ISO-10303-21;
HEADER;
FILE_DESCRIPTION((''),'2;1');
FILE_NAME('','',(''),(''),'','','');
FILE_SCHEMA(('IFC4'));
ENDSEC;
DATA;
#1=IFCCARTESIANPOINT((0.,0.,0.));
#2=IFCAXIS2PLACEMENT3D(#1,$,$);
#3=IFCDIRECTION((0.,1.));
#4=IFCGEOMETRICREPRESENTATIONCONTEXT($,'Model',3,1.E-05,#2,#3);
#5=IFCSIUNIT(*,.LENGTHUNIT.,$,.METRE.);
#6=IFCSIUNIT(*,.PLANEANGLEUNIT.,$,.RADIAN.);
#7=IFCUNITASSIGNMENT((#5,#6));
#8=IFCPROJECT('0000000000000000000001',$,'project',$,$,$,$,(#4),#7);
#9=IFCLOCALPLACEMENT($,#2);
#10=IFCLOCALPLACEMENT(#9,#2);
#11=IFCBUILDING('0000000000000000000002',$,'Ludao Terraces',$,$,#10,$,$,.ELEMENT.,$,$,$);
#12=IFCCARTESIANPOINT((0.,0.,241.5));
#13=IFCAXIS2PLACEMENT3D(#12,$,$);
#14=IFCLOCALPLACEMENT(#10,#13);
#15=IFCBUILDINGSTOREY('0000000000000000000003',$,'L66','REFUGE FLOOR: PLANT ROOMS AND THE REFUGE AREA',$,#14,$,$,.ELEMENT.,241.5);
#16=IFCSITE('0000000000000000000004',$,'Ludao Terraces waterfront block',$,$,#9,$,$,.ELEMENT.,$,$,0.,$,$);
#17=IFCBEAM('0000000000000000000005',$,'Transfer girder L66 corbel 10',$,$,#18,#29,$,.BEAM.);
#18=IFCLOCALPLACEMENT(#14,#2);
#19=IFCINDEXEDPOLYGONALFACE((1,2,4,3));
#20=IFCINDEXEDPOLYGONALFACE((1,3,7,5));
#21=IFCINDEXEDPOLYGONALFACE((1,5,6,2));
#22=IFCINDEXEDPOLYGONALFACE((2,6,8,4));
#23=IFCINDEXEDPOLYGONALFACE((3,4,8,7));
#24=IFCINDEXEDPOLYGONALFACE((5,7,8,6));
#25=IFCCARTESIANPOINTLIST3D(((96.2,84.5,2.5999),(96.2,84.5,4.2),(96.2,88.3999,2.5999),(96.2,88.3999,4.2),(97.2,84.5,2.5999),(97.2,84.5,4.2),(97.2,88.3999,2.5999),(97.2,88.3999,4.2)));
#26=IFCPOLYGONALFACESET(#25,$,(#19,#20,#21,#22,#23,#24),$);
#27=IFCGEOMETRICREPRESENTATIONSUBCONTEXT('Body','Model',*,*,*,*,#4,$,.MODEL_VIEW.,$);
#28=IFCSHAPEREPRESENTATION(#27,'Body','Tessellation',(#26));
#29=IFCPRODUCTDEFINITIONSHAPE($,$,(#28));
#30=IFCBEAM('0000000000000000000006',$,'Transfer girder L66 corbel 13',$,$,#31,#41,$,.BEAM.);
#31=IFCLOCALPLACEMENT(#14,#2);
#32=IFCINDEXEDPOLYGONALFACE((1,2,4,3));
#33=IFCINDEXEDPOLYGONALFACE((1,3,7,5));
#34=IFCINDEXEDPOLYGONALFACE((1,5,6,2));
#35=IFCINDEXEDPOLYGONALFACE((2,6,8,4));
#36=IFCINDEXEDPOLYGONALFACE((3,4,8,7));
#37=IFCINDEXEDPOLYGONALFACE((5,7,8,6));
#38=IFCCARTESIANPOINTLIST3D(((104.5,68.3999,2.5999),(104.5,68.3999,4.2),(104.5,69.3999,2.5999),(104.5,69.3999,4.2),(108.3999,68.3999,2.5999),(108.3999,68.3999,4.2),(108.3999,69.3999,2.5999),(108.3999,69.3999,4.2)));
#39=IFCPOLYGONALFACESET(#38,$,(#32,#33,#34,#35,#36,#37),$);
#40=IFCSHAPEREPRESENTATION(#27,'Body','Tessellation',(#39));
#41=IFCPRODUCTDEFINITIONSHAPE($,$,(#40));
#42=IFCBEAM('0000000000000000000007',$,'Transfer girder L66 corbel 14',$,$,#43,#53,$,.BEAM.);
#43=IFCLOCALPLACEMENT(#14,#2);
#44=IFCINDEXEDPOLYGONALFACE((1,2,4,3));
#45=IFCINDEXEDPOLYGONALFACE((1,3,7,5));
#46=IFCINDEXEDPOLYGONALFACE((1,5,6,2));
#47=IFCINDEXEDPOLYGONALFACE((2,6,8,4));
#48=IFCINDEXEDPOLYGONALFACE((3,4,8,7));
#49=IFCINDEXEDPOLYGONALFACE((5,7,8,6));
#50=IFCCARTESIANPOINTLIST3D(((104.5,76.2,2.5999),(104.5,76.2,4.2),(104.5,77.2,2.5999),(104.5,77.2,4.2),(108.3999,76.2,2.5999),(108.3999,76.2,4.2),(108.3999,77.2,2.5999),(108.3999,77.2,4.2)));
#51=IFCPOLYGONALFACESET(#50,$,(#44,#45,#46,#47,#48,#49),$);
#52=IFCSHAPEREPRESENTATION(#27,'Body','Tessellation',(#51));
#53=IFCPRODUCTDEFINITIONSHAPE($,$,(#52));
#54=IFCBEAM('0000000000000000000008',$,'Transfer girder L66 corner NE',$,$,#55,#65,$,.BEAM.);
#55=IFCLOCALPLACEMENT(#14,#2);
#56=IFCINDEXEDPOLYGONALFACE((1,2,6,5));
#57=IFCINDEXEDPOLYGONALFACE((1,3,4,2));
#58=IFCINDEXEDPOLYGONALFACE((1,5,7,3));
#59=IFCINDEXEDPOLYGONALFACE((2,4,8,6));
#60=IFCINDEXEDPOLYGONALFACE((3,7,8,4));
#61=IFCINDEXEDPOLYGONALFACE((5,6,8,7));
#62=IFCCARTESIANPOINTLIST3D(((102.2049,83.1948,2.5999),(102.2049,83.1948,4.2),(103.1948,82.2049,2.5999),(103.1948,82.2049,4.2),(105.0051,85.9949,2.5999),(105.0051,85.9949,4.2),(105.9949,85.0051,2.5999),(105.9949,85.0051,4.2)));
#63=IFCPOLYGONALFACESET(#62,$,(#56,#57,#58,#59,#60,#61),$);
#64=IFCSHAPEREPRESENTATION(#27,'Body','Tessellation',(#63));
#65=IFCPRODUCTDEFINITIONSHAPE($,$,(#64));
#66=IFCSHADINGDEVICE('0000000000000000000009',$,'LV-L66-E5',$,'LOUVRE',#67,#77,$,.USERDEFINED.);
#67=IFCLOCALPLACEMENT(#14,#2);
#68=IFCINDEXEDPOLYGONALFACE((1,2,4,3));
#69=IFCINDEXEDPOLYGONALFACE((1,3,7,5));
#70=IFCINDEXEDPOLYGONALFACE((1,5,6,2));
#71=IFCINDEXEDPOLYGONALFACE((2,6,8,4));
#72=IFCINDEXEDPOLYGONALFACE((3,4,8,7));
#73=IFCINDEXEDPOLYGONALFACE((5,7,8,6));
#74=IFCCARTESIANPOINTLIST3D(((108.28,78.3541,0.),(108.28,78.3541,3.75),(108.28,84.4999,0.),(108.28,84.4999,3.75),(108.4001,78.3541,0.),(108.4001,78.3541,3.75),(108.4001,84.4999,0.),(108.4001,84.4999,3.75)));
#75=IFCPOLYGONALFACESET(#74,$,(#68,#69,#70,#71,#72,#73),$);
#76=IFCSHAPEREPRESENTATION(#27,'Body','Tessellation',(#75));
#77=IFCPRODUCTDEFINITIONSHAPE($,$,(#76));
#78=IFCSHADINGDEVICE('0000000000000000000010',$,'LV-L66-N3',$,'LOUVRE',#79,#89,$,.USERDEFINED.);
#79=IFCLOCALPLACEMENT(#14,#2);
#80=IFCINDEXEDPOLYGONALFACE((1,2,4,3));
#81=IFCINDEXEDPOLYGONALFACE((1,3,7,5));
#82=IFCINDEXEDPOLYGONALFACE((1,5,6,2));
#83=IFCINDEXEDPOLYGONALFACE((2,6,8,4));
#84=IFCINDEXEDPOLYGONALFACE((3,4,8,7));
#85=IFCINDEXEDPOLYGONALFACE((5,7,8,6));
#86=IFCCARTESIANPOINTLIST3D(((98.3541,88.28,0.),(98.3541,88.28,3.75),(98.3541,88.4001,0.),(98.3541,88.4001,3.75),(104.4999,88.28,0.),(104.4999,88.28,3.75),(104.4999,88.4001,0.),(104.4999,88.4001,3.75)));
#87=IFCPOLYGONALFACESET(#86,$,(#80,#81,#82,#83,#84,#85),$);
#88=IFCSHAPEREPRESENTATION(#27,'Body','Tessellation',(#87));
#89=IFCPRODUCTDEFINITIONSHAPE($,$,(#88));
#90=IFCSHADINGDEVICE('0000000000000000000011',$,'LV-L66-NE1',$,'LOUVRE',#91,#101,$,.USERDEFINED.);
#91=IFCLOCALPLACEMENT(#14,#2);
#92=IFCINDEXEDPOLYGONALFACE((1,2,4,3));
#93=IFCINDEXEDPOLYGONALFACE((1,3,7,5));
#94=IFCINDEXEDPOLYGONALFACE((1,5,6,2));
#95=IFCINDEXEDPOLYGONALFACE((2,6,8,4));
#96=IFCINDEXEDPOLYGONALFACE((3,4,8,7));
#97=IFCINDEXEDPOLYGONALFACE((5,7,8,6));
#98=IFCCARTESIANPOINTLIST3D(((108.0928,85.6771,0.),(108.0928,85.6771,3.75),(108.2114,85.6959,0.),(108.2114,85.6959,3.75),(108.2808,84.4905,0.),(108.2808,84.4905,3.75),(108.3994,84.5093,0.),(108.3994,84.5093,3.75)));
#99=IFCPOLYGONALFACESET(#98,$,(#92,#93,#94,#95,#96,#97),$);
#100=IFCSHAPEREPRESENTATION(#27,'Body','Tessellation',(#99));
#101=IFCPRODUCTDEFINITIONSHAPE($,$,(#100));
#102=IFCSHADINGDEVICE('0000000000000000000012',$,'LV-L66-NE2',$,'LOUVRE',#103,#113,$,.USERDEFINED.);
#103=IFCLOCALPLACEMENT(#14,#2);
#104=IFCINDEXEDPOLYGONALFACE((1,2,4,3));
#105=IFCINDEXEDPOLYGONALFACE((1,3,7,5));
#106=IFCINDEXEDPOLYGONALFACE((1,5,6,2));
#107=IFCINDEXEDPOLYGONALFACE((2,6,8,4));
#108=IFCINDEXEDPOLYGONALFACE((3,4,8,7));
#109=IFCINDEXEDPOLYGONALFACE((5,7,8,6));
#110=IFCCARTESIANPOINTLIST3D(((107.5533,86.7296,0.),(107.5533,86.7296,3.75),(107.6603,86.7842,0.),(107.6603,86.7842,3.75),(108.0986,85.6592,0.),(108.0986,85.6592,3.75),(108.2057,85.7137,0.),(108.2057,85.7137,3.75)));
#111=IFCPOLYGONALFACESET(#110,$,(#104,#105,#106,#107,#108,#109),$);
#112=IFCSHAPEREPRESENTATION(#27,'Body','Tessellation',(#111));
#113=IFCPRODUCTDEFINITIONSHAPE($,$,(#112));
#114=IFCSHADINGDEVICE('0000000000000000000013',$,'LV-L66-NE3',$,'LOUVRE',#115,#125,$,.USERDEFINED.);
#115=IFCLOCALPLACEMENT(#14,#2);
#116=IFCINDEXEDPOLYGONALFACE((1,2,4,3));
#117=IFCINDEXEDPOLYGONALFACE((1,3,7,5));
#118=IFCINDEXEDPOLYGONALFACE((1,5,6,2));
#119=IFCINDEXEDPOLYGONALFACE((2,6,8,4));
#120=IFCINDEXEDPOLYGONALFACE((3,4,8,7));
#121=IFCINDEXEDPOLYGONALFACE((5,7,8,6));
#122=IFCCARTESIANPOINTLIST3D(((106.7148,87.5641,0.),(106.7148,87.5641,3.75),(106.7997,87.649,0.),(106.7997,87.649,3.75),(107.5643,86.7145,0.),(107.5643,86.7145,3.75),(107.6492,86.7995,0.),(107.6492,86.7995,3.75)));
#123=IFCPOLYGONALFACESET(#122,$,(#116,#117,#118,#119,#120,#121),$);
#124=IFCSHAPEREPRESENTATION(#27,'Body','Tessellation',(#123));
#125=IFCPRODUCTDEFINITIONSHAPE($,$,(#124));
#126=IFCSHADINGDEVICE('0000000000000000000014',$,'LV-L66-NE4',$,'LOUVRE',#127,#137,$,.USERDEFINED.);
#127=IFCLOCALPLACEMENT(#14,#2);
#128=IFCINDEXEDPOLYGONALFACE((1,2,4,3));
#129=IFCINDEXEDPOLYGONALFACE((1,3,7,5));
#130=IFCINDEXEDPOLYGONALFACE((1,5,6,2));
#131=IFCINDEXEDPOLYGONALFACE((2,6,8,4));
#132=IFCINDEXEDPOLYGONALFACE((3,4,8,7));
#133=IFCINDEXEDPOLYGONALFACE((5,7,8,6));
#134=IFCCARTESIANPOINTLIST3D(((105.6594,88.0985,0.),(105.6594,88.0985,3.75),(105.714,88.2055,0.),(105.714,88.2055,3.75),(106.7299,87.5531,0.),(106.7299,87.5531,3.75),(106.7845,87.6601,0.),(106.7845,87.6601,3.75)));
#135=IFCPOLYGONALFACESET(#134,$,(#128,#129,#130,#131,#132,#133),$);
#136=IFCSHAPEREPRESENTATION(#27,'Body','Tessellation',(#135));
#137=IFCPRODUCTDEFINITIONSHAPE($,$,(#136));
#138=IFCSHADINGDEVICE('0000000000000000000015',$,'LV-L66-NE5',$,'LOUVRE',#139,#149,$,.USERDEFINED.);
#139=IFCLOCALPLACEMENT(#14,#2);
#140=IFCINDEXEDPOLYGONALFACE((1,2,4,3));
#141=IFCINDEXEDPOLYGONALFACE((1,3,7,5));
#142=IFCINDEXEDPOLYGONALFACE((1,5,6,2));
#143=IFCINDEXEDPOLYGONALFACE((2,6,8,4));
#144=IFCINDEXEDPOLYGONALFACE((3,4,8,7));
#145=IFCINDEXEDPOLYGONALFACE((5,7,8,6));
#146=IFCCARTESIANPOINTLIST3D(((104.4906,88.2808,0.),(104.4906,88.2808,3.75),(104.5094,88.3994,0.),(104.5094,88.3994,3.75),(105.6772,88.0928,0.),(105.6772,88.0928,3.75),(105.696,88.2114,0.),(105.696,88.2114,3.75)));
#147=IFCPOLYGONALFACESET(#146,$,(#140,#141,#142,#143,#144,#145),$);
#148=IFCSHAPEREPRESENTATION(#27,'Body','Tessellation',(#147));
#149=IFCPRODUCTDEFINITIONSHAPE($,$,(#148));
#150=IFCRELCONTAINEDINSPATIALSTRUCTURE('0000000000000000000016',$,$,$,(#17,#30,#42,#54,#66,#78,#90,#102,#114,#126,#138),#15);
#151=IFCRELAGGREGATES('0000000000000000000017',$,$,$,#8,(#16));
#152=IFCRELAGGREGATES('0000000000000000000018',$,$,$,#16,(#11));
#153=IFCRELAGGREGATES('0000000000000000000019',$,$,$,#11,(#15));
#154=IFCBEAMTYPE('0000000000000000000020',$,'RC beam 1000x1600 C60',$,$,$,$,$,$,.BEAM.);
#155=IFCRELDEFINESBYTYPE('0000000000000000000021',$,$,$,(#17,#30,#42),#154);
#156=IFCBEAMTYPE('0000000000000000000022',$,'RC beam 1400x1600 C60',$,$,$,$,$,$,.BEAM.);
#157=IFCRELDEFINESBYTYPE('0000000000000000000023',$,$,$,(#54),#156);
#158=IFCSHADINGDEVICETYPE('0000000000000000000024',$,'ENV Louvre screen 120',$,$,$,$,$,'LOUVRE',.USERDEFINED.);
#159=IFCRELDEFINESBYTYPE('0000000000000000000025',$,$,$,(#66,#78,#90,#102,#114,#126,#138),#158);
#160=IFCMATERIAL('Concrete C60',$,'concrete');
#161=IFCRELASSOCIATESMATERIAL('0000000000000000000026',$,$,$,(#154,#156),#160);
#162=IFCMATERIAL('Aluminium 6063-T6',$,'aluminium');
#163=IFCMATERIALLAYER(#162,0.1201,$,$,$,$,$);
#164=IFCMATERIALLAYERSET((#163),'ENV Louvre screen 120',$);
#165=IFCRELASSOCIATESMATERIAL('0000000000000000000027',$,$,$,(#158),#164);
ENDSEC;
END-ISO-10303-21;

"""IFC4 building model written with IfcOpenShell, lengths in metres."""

from ifc_helpers import new_model, si_unit, direction, frame, frame_2d, origin, origin_2d, place, context, subcontext, project, spatial, rectangle, extrude, material, layer, layer_set, material_profile, profile_set, type_object, element, save


model = new_model("IFC4")

# Units and contexts
model_context = context("Model", 3, precision=1e-05, world=origin(), true_north=direction((0.0, 1.0)))
body_context = subcontext(model_context, "Body", "Model", "MODEL_VIEW")
ifc_project = project(units=[si_unit("LENGTHUNIT", "METRE"), si_unit("PLANEANGLEUNIT", "RADIAN")], contexts=[model_context])

# Site, building, storey
site_placement = place(None, origin())
site = spatial("IfcSite", under=ifc_project, at=site_placement, Name="Ludao Terraces waterfront block", CompositionType="ELEMENT", RefElevation=0.0)
building_placement = place(site_placement, origin())
building = spatial("IfcBuilding", under=site, at=building_placement, Name="Ludao Terraces", CompositionType="ELEMENT")
storey_placement = place(building_placement, frame((0.0, 0.0, 241.5)))
storey = spatial("IfcBuildingStorey", under=building, at=storey_placement, Name="L66", Description="REFUGE FLOOR: PLANT ROOMS AND THE REFUGE AREA", CompositionType="ELEMENT", Elevation=241.5)

# Beams
ifc_material_1 = material(Name="Concrete C60", Category="concrete")
ifc_material_profile_1 = material_profile(ifc_material_1, rectangle(XDim=1.0, YDim=1.6001, at=origin_2d()), Name="1000 X 1600")
ifc_profile_set_1 = profile_set([ifc_material_profile_1], Name="Concrete C60")
beam_type_1 = type_object("IfcBeamType", Name="RC beam 1000x1600 C60", PredefinedType="BEAM", material=ifc_profile_set_1)
for number, where, z_axis, x_axis, name in (
    (1, (96.7, 88.3999, 3.3999), (0.0, -1.0, 0.0), (1.0, 0.0, 0.0), "Transfer girder L66 corbel 10"),
    (2, (108.3999, 68.8999, 3.3999), (-1.0, 0.0, 0.0), (0.0, -1.0, 0.0), "Transfer girder L66 corbel 13"),
    (3, (108.3999, 76.7, 3.3999), (-1.0, 0.0, 0.0), (0.0, -1.0, 0.0), "Transfer girder L66 corbel 14"),
):
    element("IfcBeam", number, at=place(storey_placement, frame(where, z_axis=z_axis, x_axis=x_axis)), inside=storey, type_object=beam_type_1, Name=name, PredefinedType="BEAM", context=body_context, shape_type="SweptSolid", body=[
        extrude(rectangle(XDim=1.0, YDim=1.6001, at=origin_2d()), origin(), (0.0, 0.0, 1.0), 3.8999),
    ])
ifc_material_profile_2 = material_profile(ifc_material_1, rectangle(XDim=1.3999, YDim=1.6001, at=origin_2d()), Name="1400 X 1600")
ifc_profile_set_2 = profile_set([ifc_material_profile_2], Name="Concrete C60")
beam_type_2 = type_object("IfcBeamType", Name="RC beam 1400x1600 C60", PredefinedType="BEAM", material=ifc_profile_set_2)
beam_placement = place(storey_placement, frame((105.5, 85.5, 3.3999), z_axis=(-0.707107, -0.707107, 0.0), x_axis=(0.707107, -0.707107, 0.0)))
element("IfcBeam", 4, at=beam_placement, inside=storey, type_object=beam_type_2, Name="Transfer girder L66 corner NE", PredefinedType="BEAM", context=body_context, shape_type="SweptSolid", body=[
    extrude(rectangle(XDim=1.3999, YDim=1.6001, at=origin_2d()), origin(), (0.0, 0.0, 1.0), 3.96),
])

# Shading devices
ifc_material_2 = material(Name="Aluminium 6063-T6", Category="aluminium")
ifc_layer = layer(ifc_material_2, 0.1201)
ifc_layer_set = layer_set([ifc_layer], Name="ENV Louvre screen 120")
shading_device_type = type_object("IfcShadingDeviceType", Name="ENV Louvre screen 120", ElementType="LOUVRE", PredefinedType="USERDEFINED", material=ifc_layer_set)
for number, where, z_axis, x_axis, name in (
    (5, (108.3401, 78.3542, 0.0), (0.0, 0.0, 1.0), (0.0, 1.0, 0.0), "LV-L66-E5"),
    (6, (98.3542, 88.3401, 0.0), (0.0, 0.0, 1.0), (1.0, 0.0, 0.0), "LV-L66-N3"),
):
    element("IfcShadingDevice", number, at=place(storey_placement, frame(where, z_axis=z_axis, x_axis=x_axis)), inside=storey, type_object=shading_device_type, Name=name, ObjectType="LOUVRE", PredefinedType="USERDEFINED", context=body_context, shape_type="SweptSolid", body=[
        extrude(rectangle(XDim=6.1458, YDim=0.1201, at=frame_2d((3.0728, 0.0))), origin(), (0.0, 0.0, 1.0), 3.75),
    ])
for number, where, z_axis, x_axis, name in (
    (7, (108.3401, 84.5, 0.0), (0.0, 0.0, 1.0), (-0.156484, 0.98768, 0.0), "LV-L66-NE1"),
    (8, (108.1521, 85.6865, 0.0), (0.0, 0.0, 1.0), (-0.453947, 0.891029, 0.0), "LV-L66-NE2"),
    (9, (107.6067, 86.7571, 0.0), (0.0, 0.0, 1.0), (-0.707107, 0.707107, 0.0), "LV-L66-NE3"),
    (10, (106.7571, 87.6067, 0.0), (0.0, 0.0, 1.0), (-0.891029, 0.453947, 0.0), "LV-L66-NE4"),
    (11, (105.6865, 88.1521, 0.0), (0.0, 0.0, 1.0), (-0.98768, 0.156484, 0.0), "LV-L66-NE5"),
):
    element("IfcShadingDevice", number, at=place(storey_placement, frame(where, z_axis=z_axis, x_axis=x_axis)), inside=storey, type_object=shading_device_type, Name=name, ObjectType="LOUVRE", PredefinedType="USERDEFINED", context=body_context, shape_type="SweptSolid", body=[
        extrude(rectangle(XDim=1.2014, YDim=0.1201, at=frame_2d((0.6006, 0.0))), origin(), (0.0, 0.0, 1.0), 3.75),
    ])

save(model, "model.ifc")
